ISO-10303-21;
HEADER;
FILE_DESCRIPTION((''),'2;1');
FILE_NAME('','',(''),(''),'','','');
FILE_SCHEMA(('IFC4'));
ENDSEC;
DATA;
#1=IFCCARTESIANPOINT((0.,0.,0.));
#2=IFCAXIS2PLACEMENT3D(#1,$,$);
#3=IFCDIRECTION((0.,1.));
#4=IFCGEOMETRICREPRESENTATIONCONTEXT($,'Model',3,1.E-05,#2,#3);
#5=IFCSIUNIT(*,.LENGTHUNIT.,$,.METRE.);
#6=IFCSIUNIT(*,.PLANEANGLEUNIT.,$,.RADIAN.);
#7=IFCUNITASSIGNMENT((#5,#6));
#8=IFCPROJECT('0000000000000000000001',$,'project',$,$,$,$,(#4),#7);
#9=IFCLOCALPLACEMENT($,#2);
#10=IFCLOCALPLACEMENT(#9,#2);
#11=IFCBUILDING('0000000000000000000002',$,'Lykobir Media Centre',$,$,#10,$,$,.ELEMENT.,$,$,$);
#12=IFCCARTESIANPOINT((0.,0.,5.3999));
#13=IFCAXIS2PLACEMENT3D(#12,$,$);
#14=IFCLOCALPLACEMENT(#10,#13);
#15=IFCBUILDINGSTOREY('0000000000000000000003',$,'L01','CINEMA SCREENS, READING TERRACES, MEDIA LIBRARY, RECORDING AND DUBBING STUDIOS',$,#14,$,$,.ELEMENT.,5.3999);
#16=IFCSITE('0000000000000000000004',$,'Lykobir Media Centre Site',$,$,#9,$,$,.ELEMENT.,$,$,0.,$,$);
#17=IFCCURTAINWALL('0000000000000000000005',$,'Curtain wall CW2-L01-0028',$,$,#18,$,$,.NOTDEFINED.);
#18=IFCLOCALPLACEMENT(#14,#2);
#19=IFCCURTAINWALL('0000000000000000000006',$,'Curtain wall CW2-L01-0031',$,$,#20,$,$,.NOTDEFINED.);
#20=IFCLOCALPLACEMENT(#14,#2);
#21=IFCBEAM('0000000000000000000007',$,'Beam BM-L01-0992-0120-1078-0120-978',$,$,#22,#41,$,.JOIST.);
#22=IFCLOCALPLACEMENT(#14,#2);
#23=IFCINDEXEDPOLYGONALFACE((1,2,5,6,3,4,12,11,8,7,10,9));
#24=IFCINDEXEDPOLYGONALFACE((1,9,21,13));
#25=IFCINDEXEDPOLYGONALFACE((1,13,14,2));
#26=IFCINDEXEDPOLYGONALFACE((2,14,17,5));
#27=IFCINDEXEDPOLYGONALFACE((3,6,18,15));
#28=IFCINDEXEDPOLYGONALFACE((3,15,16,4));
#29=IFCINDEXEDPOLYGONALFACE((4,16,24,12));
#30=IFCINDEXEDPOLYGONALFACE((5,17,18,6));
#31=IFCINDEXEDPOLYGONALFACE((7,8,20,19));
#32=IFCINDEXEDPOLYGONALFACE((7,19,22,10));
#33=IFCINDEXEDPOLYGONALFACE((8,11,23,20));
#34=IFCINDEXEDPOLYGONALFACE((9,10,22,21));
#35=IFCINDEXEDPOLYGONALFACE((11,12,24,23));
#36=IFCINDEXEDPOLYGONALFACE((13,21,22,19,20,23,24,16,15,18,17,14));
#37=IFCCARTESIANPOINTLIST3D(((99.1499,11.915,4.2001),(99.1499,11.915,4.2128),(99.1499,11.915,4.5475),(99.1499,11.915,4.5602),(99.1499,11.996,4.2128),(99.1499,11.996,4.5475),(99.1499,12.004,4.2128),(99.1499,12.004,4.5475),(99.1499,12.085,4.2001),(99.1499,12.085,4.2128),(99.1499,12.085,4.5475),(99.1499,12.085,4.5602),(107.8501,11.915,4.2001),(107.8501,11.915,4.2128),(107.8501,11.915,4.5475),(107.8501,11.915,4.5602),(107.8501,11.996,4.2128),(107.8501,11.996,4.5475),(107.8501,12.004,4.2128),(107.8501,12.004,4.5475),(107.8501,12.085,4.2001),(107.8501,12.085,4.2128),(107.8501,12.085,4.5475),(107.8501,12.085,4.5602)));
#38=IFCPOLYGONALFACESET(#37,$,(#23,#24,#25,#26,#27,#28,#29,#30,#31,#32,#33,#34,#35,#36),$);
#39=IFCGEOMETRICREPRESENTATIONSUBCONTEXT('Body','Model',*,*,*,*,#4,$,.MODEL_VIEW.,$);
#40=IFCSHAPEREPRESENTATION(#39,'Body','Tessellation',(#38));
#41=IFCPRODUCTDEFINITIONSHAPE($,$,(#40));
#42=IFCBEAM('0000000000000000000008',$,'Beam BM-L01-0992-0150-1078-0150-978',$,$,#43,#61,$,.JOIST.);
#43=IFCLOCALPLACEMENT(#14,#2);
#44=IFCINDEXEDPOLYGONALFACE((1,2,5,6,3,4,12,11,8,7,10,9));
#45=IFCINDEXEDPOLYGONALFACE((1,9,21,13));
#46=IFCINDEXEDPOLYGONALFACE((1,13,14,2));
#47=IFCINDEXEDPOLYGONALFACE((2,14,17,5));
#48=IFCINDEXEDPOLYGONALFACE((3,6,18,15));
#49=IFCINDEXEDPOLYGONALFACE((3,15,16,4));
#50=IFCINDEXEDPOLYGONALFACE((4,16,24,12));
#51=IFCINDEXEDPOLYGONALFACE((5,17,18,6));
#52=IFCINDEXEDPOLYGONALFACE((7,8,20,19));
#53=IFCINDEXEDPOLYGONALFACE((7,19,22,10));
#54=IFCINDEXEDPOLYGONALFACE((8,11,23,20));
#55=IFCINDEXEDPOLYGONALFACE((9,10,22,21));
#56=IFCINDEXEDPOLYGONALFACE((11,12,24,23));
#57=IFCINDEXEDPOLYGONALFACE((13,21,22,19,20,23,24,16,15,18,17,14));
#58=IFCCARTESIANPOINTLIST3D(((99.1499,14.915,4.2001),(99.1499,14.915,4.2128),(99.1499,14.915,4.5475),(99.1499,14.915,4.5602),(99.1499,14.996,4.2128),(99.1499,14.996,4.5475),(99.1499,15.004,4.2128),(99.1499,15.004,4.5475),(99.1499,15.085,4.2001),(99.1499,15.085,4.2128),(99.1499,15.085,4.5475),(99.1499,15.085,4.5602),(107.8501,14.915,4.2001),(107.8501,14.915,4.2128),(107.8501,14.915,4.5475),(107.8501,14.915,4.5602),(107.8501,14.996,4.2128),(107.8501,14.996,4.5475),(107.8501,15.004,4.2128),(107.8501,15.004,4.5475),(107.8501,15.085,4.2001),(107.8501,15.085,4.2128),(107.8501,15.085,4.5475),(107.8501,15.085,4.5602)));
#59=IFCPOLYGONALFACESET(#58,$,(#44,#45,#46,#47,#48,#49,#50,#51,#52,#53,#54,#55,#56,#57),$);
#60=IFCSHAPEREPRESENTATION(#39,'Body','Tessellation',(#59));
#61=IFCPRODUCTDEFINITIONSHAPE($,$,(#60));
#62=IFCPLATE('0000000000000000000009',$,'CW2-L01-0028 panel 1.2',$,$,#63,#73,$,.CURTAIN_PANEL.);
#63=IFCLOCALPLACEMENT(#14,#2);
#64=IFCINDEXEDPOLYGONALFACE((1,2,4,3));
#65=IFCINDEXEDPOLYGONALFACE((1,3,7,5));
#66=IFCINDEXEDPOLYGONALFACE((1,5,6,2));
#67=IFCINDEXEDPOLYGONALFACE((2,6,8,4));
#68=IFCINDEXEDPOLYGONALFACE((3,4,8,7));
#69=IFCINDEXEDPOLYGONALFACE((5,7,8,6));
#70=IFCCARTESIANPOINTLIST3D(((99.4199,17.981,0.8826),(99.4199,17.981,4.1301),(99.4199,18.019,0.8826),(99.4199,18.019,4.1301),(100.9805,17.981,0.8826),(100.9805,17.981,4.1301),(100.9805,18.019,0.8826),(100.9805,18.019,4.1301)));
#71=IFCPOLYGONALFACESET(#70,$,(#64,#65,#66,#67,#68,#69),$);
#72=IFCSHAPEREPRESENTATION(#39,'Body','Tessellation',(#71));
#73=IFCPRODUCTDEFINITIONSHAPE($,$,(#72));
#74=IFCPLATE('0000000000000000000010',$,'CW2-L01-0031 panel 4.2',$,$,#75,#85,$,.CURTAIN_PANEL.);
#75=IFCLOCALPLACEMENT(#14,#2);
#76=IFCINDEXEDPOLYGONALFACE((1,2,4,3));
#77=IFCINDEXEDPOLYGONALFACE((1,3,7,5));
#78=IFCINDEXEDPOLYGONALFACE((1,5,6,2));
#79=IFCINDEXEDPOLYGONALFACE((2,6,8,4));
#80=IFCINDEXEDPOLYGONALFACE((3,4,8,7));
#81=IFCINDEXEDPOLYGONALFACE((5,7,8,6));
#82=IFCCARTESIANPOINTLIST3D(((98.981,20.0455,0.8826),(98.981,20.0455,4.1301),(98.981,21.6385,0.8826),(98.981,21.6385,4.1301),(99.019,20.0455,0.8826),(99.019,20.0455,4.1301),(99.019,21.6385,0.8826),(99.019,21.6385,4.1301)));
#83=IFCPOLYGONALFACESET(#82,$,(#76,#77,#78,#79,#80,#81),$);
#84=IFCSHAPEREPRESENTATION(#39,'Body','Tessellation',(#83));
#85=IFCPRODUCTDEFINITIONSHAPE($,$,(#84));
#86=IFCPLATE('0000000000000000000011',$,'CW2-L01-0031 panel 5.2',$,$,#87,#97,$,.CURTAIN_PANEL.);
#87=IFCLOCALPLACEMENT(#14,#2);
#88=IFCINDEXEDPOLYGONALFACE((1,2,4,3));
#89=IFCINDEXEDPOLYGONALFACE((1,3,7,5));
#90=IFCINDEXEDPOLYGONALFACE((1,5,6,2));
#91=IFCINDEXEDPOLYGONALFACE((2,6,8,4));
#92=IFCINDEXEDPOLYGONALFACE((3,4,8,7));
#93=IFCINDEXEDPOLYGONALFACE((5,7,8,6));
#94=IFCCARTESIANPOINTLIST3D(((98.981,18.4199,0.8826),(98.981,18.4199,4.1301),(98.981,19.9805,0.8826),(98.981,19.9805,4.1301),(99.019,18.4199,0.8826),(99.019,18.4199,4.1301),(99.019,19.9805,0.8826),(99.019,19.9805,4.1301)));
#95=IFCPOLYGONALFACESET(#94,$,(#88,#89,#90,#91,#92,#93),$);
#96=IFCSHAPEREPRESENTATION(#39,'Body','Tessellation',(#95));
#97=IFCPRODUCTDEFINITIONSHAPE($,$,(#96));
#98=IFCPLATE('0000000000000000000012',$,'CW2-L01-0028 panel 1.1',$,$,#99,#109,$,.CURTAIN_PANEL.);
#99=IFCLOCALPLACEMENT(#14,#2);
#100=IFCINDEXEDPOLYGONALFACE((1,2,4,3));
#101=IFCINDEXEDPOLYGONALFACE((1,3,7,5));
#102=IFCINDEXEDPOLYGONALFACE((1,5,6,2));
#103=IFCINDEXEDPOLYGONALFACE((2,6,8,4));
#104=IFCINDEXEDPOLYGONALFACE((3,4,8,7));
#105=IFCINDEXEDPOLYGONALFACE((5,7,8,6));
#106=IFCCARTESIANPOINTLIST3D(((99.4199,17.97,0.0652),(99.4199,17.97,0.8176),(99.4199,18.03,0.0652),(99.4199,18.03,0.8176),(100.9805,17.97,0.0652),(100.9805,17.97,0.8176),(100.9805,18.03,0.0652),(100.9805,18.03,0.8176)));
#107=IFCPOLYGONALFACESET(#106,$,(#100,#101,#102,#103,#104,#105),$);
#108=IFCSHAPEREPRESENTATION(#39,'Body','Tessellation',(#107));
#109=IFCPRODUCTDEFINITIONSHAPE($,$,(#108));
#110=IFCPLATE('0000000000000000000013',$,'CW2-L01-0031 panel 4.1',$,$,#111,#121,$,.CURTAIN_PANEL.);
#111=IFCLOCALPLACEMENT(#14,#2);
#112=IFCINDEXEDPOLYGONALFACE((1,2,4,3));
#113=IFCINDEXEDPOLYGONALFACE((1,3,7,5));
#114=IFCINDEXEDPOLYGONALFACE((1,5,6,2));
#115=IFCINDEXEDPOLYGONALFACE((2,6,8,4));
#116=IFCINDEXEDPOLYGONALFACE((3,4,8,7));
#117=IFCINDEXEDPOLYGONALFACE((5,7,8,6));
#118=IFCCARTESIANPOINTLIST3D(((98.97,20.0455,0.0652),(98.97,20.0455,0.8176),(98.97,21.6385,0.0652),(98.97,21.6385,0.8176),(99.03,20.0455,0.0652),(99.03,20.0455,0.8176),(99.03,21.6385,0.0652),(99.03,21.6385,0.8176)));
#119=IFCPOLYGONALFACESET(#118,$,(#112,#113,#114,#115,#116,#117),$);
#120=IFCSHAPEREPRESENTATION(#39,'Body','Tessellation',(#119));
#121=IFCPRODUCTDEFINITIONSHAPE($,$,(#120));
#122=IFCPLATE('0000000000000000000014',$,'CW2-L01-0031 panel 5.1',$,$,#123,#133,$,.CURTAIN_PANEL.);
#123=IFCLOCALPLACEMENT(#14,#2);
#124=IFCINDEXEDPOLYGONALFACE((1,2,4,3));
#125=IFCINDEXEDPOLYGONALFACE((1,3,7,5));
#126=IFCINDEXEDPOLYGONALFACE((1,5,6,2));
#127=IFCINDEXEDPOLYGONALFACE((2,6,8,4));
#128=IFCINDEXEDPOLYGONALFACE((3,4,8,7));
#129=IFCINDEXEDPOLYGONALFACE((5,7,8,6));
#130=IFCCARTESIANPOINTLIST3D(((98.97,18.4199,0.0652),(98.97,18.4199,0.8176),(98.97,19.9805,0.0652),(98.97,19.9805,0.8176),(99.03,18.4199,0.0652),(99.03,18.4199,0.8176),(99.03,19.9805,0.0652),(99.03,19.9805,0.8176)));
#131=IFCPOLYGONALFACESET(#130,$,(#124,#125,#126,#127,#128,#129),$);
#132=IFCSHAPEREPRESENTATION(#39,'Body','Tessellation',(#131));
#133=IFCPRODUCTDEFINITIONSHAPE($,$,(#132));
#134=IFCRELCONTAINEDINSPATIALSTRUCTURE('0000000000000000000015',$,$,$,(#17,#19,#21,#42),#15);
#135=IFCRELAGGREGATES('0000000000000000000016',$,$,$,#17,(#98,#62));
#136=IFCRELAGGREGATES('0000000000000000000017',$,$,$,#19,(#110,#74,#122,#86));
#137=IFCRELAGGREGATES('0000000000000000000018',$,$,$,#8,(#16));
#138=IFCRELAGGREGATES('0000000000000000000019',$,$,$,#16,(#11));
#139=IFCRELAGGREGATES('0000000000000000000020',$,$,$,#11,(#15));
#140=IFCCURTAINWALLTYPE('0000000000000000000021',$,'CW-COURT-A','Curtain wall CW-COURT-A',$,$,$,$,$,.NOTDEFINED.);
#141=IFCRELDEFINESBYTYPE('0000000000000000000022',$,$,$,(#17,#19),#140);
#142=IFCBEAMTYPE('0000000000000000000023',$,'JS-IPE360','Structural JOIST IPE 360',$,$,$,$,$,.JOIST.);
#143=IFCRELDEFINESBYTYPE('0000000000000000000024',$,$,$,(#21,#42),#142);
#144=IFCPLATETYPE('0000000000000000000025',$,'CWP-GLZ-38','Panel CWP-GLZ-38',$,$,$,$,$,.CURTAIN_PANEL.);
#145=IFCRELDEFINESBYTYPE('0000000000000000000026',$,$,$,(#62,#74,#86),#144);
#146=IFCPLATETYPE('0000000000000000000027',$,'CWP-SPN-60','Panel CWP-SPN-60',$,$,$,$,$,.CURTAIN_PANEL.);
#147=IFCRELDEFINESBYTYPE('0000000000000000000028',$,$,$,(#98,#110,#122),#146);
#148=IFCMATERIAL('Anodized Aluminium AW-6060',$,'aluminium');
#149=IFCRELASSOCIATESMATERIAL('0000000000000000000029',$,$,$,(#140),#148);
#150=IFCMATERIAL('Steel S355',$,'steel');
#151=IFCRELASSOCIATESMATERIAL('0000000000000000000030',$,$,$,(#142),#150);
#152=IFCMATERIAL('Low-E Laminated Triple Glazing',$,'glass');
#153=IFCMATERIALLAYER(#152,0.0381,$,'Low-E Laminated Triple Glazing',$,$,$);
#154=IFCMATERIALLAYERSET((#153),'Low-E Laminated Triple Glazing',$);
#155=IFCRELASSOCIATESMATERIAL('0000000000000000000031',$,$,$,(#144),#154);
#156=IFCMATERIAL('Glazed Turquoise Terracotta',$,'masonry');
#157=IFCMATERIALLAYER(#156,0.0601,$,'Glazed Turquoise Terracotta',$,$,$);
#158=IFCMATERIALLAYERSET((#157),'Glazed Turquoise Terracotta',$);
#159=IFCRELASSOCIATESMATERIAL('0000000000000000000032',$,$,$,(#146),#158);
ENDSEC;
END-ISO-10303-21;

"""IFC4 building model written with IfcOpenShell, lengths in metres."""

from ifc_helpers import new_model, si_unit, direction, frame, origin, origin_2d, place, context, subcontext, project, spatial, rectangle, i_section, extrude, material, layer, layer_set, material_profile, profile_set, type_object, element, aggregate, save


model = new_model("IFC4")

# Units and contexts
model_context = context("Model", 3, precision=1e-05, world=origin(), true_north=direction((0.0, 1.0)))
body_context = subcontext(model_context, "Body", "Model", "MODEL_VIEW")
ifc_project = project(units=[si_unit("LENGTHUNIT", "METRE"), si_unit("PLANEANGLEUNIT", "RADIAN")], contexts=[model_context])

# Site, building, storey
site_placement = place(None, origin())
site = spatial("IfcSite", under=ifc_project, at=site_placement, Name="Lykobir Media Centre Site", CompositionType="ELEMENT", RefElevation=0.0)
building_placement = place(site_placement, origin())
building = spatial("IfcBuilding", under=site, at=building_placement, Name="Lykobir Media Centre", CompositionType="ELEMENT")
storey_placement = place(building_placement, frame((0.0, 0.0, 5.3999)))
storey = spatial("IfcBuildingStorey", under=building, at=storey_placement, Name="L01", Description="CINEMA SCREENS, READING TERRACES, MEDIA LIBRARY, RECORDING AND DUBBING STUDIOS", CompositionType="ELEMENT", Elevation=5.3999)

# Curtain walls
ifc_material_1 = material(Name="Anodized Aluminium AW-6060", Category="aluminium")
curtain_wall_type = type_object("IfcCurtainWallType", Name="CW-COURT-A", Description="Curtain wall CW-COURT-A", PredefinedType="NOTDEFINED", material=ifc_material_1)
curtain_wall_1_placement = place(storey_placement, origin())
curtain_wall_1 = element("IfcCurtainWall", 1, at=curtain_wall_1_placement, inside=storey, type_object=curtain_wall_type, Name="Curtain wall CW2-L01-0028", PredefinedType="NOTDEFINED")
curtain_wall_2_placement = place(storey_placement, origin())
curtain_wall_2 = element("IfcCurtainWall", 2, at=curtain_wall_2_placement, inside=storey, type_object=curtain_wall_type, Name="Curtain wall CW2-L01-0031", PredefinedType="NOTDEFINED")

# Beams
ifc_material_2 = material(Name="Steel S355", Category="steel")
ifc_material_profile_1 = material_profile(ifc_material_2, i_section(OverallWidth=0.1699, OverallDepth=0.3601, WebThickness=0.0081, FlangeThickness=0.0127, at=origin_2d()), Name="IPE 360")
ifc_profile_set_1 = profile_set([ifc_material_profile_1], Name="Steel S355")
beam_type = type_object("IfcBeamType", Name="JS-IPE360", Description="Structural JOIST IPE 360", PredefinedType="JOIST", material=ifc_profile_set_1)
for number, where, z_axis, x_axis, name in (
    (3, (99.1499, 12.0, 4.3801), (1.0, 0.0, 0.0), (0.0, 1.0, 0.0), "Beam BM-L01-0992-0120-1078-0120-978"),
    (4, (99.1499, 15.0, 4.3801), (1.0, 0.0, 0.0), (0.0, 1.0, 0.0), "Beam BM-L01-0992-0150-1078-0150-978"),
):
    element("IfcBeam", number, at=place(storey_placement, frame(where, z_axis=z_axis, x_axis=x_axis)), inside=storey, type_object=beam_type, Name=name, PredefinedType="JOIST", context=body_context, shape_type="SweptSolid", body=[
        extrude(i_section(OverallWidth=0.1699, OverallDepth=0.3601, WebThickness=0.0081, FlangeThickness=0.0127, at=origin_2d()), origin(), (0.0, 0.0, 1.0), 8.7002),
    ])

# Plates
ifc_material_3 = material(Name="Low-E Laminated Triple Glazing", Category="glass")
ifc_layer_1 = layer(ifc_material_3, 0.0381, Name="Low-E Laminated Triple Glazing")
ifc_layer_set_1 = layer_set([ifc_layer_1], Name="Low-E Laminated Triple Glazing")
plate_type_1 = type_object("IfcPlateType", Name="CWP-GLZ-38", Description="Panel CWP-GLZ-38", PredefinedType="CURTAIN_PANEL", material=ifc_layer_set_1)
plate_1_placement = place(storey_placement, frame((100.2002, 18.0, 0.8826), z_axis=(0.0, 0.0, 1.0), x_axis=(1.0, 0.0, 0.0)))
plate_1 = element("IfcPlate", 5, at=plate_1_placement, type_object=plate_type_1, Name="CW2-L01-0028 panel 1.2", PredefinedType="CURTAIN_PANEL", context=body_context, shape_type="SweptSolid", body=[
    extrude(rectangle(XDim=1.5605, YDim=0.0381, at=origin_2d()), origin(), (0.0, 0.0, 1.0), 3.2476),
])
plate_2_placement = place(storey_placement, frame((99.0, 20.842, 0.8826), z_axis=(0.0, 0.0, 1.0), x_axis=(0.0, -1.0, 0.0)))
plate_2 = element("IfcPlate", 6, at=plate_2_placement, type_object=plate_type_1, Name="CW2-L01-0031 panel 4.2", PredefinedType="CURTAIN_PANEL", context=body_context, shape_type="SweptSolid", body=[
    extrude(rectangle(XDim=1.593, YDim=0.0381, at=origin_2d()), origin(), (0.0, 0.0, 1.0), 3.2476),
])
plate_3_placement = place(storey_placement, frame((99.0, 19.2002, 0.8826), z_axis=(0.0, 0.0, 1.0), x_axis=(0.0, -1.0, 0.0)))
plate_3 = element("IfcPlate", 7, at=plate_3_placement, type_object=plate_type_1, Name="CW2-L01-0031 panel 5.2", PredefinedType="CURTAIN_PANEL", context=body_context, shape_type="SweptSolid", body=[
    extrude(rectangle(XDim=1.5605, YDim=0.0381, at=origin_2d()), origin(), (0.0, 0.0, 1.0), 3.2476),
])
ifc_material_4 = material(Name="Glazed Turquoise Terracotta", Category="masonry")
ifc_layer_2 = layer(ifc_material_4, 0.0601, Name="Glazed Turquoise Terracotta")
ifc_layer_set_2 = layer_set([ifc_layer_2], Name="Glazed Turquoise Terracotta")
plate_type_2 = type_object("IfcPlateType", Name="CWP-SPN-60", Description="Panel CWP-SPN-60", PredefinedType="CURTAIN_PANEL", material=ifc_layer_set_2)
plate_4_placement = place(storey_placement, frame((100.2002, 18.0, 0.0652), z_axis=(0.0, 0.0, 1.0), x_axis=(1.0, 0.0, 0.0)))
plate_4 = element("IfcPlate", 8, at=plate_4_placement, type_object=plate_type_2, Name="CW2-L01-0028 panel 1.1", PredefinedType="CURTAIN_PANEL", context=body_context, shape_type="SweptSolid", body=[
    extrude(rectangle(XDim=1.5605, YDim=0.0601, at=origin_2d()), origin(), (0.0, 0.0, 1.0), 0.7524),
])
aggregate(curtain_wall_1, [plate_4, plate_1])
plate_5_placement = place(storey_placement, frame((99.0, 20.842, 0.0652), z_axis=(0.0, 0.0, 1.0), x_axis=(0.0, -1.0, 0.0)))
plate_5 = element("IfcPlate", 9, at=plate_5_placement, type_object=plate_type_2, Name="CW2-L01-0031 panel 4.1", PredefinedType="CURTAIN_PANEL", context=body_context, shape_type="SweptSolid", body=[
    extrude(rectangle(XDim=1.593, YDim=0.0601, at=origin_2d()), origin(), (0.0, 0.0, 1.0), 0.7524),
])
plate_6_placement = place(storey_placement, frame((99.0, 19.2002, 0.0652), z_axis=(0.0, 0.0, 1.0), x_axis=(0.0, -1.0, 0.0)))
plate_6 = element("IfcPlate", 10, at=plate_6_placement, type_object=plate_type_2, Name="CW2-L01-0031 panel 5.1", PredefinedType="CURTAIN_PANEL", context=body_context, shape_type="SweptSolid", body=[
    extrude(rectangle(XDim=1.5605, YDim=0.0601, at=origin_2d()), origin(), (0.0, 0.0, 1.0), 0.7524),
])
aggregate(curtain_wall_2, [plate_5, plate_2, plate_6, plate_3])

save(model, "model.ifc")
